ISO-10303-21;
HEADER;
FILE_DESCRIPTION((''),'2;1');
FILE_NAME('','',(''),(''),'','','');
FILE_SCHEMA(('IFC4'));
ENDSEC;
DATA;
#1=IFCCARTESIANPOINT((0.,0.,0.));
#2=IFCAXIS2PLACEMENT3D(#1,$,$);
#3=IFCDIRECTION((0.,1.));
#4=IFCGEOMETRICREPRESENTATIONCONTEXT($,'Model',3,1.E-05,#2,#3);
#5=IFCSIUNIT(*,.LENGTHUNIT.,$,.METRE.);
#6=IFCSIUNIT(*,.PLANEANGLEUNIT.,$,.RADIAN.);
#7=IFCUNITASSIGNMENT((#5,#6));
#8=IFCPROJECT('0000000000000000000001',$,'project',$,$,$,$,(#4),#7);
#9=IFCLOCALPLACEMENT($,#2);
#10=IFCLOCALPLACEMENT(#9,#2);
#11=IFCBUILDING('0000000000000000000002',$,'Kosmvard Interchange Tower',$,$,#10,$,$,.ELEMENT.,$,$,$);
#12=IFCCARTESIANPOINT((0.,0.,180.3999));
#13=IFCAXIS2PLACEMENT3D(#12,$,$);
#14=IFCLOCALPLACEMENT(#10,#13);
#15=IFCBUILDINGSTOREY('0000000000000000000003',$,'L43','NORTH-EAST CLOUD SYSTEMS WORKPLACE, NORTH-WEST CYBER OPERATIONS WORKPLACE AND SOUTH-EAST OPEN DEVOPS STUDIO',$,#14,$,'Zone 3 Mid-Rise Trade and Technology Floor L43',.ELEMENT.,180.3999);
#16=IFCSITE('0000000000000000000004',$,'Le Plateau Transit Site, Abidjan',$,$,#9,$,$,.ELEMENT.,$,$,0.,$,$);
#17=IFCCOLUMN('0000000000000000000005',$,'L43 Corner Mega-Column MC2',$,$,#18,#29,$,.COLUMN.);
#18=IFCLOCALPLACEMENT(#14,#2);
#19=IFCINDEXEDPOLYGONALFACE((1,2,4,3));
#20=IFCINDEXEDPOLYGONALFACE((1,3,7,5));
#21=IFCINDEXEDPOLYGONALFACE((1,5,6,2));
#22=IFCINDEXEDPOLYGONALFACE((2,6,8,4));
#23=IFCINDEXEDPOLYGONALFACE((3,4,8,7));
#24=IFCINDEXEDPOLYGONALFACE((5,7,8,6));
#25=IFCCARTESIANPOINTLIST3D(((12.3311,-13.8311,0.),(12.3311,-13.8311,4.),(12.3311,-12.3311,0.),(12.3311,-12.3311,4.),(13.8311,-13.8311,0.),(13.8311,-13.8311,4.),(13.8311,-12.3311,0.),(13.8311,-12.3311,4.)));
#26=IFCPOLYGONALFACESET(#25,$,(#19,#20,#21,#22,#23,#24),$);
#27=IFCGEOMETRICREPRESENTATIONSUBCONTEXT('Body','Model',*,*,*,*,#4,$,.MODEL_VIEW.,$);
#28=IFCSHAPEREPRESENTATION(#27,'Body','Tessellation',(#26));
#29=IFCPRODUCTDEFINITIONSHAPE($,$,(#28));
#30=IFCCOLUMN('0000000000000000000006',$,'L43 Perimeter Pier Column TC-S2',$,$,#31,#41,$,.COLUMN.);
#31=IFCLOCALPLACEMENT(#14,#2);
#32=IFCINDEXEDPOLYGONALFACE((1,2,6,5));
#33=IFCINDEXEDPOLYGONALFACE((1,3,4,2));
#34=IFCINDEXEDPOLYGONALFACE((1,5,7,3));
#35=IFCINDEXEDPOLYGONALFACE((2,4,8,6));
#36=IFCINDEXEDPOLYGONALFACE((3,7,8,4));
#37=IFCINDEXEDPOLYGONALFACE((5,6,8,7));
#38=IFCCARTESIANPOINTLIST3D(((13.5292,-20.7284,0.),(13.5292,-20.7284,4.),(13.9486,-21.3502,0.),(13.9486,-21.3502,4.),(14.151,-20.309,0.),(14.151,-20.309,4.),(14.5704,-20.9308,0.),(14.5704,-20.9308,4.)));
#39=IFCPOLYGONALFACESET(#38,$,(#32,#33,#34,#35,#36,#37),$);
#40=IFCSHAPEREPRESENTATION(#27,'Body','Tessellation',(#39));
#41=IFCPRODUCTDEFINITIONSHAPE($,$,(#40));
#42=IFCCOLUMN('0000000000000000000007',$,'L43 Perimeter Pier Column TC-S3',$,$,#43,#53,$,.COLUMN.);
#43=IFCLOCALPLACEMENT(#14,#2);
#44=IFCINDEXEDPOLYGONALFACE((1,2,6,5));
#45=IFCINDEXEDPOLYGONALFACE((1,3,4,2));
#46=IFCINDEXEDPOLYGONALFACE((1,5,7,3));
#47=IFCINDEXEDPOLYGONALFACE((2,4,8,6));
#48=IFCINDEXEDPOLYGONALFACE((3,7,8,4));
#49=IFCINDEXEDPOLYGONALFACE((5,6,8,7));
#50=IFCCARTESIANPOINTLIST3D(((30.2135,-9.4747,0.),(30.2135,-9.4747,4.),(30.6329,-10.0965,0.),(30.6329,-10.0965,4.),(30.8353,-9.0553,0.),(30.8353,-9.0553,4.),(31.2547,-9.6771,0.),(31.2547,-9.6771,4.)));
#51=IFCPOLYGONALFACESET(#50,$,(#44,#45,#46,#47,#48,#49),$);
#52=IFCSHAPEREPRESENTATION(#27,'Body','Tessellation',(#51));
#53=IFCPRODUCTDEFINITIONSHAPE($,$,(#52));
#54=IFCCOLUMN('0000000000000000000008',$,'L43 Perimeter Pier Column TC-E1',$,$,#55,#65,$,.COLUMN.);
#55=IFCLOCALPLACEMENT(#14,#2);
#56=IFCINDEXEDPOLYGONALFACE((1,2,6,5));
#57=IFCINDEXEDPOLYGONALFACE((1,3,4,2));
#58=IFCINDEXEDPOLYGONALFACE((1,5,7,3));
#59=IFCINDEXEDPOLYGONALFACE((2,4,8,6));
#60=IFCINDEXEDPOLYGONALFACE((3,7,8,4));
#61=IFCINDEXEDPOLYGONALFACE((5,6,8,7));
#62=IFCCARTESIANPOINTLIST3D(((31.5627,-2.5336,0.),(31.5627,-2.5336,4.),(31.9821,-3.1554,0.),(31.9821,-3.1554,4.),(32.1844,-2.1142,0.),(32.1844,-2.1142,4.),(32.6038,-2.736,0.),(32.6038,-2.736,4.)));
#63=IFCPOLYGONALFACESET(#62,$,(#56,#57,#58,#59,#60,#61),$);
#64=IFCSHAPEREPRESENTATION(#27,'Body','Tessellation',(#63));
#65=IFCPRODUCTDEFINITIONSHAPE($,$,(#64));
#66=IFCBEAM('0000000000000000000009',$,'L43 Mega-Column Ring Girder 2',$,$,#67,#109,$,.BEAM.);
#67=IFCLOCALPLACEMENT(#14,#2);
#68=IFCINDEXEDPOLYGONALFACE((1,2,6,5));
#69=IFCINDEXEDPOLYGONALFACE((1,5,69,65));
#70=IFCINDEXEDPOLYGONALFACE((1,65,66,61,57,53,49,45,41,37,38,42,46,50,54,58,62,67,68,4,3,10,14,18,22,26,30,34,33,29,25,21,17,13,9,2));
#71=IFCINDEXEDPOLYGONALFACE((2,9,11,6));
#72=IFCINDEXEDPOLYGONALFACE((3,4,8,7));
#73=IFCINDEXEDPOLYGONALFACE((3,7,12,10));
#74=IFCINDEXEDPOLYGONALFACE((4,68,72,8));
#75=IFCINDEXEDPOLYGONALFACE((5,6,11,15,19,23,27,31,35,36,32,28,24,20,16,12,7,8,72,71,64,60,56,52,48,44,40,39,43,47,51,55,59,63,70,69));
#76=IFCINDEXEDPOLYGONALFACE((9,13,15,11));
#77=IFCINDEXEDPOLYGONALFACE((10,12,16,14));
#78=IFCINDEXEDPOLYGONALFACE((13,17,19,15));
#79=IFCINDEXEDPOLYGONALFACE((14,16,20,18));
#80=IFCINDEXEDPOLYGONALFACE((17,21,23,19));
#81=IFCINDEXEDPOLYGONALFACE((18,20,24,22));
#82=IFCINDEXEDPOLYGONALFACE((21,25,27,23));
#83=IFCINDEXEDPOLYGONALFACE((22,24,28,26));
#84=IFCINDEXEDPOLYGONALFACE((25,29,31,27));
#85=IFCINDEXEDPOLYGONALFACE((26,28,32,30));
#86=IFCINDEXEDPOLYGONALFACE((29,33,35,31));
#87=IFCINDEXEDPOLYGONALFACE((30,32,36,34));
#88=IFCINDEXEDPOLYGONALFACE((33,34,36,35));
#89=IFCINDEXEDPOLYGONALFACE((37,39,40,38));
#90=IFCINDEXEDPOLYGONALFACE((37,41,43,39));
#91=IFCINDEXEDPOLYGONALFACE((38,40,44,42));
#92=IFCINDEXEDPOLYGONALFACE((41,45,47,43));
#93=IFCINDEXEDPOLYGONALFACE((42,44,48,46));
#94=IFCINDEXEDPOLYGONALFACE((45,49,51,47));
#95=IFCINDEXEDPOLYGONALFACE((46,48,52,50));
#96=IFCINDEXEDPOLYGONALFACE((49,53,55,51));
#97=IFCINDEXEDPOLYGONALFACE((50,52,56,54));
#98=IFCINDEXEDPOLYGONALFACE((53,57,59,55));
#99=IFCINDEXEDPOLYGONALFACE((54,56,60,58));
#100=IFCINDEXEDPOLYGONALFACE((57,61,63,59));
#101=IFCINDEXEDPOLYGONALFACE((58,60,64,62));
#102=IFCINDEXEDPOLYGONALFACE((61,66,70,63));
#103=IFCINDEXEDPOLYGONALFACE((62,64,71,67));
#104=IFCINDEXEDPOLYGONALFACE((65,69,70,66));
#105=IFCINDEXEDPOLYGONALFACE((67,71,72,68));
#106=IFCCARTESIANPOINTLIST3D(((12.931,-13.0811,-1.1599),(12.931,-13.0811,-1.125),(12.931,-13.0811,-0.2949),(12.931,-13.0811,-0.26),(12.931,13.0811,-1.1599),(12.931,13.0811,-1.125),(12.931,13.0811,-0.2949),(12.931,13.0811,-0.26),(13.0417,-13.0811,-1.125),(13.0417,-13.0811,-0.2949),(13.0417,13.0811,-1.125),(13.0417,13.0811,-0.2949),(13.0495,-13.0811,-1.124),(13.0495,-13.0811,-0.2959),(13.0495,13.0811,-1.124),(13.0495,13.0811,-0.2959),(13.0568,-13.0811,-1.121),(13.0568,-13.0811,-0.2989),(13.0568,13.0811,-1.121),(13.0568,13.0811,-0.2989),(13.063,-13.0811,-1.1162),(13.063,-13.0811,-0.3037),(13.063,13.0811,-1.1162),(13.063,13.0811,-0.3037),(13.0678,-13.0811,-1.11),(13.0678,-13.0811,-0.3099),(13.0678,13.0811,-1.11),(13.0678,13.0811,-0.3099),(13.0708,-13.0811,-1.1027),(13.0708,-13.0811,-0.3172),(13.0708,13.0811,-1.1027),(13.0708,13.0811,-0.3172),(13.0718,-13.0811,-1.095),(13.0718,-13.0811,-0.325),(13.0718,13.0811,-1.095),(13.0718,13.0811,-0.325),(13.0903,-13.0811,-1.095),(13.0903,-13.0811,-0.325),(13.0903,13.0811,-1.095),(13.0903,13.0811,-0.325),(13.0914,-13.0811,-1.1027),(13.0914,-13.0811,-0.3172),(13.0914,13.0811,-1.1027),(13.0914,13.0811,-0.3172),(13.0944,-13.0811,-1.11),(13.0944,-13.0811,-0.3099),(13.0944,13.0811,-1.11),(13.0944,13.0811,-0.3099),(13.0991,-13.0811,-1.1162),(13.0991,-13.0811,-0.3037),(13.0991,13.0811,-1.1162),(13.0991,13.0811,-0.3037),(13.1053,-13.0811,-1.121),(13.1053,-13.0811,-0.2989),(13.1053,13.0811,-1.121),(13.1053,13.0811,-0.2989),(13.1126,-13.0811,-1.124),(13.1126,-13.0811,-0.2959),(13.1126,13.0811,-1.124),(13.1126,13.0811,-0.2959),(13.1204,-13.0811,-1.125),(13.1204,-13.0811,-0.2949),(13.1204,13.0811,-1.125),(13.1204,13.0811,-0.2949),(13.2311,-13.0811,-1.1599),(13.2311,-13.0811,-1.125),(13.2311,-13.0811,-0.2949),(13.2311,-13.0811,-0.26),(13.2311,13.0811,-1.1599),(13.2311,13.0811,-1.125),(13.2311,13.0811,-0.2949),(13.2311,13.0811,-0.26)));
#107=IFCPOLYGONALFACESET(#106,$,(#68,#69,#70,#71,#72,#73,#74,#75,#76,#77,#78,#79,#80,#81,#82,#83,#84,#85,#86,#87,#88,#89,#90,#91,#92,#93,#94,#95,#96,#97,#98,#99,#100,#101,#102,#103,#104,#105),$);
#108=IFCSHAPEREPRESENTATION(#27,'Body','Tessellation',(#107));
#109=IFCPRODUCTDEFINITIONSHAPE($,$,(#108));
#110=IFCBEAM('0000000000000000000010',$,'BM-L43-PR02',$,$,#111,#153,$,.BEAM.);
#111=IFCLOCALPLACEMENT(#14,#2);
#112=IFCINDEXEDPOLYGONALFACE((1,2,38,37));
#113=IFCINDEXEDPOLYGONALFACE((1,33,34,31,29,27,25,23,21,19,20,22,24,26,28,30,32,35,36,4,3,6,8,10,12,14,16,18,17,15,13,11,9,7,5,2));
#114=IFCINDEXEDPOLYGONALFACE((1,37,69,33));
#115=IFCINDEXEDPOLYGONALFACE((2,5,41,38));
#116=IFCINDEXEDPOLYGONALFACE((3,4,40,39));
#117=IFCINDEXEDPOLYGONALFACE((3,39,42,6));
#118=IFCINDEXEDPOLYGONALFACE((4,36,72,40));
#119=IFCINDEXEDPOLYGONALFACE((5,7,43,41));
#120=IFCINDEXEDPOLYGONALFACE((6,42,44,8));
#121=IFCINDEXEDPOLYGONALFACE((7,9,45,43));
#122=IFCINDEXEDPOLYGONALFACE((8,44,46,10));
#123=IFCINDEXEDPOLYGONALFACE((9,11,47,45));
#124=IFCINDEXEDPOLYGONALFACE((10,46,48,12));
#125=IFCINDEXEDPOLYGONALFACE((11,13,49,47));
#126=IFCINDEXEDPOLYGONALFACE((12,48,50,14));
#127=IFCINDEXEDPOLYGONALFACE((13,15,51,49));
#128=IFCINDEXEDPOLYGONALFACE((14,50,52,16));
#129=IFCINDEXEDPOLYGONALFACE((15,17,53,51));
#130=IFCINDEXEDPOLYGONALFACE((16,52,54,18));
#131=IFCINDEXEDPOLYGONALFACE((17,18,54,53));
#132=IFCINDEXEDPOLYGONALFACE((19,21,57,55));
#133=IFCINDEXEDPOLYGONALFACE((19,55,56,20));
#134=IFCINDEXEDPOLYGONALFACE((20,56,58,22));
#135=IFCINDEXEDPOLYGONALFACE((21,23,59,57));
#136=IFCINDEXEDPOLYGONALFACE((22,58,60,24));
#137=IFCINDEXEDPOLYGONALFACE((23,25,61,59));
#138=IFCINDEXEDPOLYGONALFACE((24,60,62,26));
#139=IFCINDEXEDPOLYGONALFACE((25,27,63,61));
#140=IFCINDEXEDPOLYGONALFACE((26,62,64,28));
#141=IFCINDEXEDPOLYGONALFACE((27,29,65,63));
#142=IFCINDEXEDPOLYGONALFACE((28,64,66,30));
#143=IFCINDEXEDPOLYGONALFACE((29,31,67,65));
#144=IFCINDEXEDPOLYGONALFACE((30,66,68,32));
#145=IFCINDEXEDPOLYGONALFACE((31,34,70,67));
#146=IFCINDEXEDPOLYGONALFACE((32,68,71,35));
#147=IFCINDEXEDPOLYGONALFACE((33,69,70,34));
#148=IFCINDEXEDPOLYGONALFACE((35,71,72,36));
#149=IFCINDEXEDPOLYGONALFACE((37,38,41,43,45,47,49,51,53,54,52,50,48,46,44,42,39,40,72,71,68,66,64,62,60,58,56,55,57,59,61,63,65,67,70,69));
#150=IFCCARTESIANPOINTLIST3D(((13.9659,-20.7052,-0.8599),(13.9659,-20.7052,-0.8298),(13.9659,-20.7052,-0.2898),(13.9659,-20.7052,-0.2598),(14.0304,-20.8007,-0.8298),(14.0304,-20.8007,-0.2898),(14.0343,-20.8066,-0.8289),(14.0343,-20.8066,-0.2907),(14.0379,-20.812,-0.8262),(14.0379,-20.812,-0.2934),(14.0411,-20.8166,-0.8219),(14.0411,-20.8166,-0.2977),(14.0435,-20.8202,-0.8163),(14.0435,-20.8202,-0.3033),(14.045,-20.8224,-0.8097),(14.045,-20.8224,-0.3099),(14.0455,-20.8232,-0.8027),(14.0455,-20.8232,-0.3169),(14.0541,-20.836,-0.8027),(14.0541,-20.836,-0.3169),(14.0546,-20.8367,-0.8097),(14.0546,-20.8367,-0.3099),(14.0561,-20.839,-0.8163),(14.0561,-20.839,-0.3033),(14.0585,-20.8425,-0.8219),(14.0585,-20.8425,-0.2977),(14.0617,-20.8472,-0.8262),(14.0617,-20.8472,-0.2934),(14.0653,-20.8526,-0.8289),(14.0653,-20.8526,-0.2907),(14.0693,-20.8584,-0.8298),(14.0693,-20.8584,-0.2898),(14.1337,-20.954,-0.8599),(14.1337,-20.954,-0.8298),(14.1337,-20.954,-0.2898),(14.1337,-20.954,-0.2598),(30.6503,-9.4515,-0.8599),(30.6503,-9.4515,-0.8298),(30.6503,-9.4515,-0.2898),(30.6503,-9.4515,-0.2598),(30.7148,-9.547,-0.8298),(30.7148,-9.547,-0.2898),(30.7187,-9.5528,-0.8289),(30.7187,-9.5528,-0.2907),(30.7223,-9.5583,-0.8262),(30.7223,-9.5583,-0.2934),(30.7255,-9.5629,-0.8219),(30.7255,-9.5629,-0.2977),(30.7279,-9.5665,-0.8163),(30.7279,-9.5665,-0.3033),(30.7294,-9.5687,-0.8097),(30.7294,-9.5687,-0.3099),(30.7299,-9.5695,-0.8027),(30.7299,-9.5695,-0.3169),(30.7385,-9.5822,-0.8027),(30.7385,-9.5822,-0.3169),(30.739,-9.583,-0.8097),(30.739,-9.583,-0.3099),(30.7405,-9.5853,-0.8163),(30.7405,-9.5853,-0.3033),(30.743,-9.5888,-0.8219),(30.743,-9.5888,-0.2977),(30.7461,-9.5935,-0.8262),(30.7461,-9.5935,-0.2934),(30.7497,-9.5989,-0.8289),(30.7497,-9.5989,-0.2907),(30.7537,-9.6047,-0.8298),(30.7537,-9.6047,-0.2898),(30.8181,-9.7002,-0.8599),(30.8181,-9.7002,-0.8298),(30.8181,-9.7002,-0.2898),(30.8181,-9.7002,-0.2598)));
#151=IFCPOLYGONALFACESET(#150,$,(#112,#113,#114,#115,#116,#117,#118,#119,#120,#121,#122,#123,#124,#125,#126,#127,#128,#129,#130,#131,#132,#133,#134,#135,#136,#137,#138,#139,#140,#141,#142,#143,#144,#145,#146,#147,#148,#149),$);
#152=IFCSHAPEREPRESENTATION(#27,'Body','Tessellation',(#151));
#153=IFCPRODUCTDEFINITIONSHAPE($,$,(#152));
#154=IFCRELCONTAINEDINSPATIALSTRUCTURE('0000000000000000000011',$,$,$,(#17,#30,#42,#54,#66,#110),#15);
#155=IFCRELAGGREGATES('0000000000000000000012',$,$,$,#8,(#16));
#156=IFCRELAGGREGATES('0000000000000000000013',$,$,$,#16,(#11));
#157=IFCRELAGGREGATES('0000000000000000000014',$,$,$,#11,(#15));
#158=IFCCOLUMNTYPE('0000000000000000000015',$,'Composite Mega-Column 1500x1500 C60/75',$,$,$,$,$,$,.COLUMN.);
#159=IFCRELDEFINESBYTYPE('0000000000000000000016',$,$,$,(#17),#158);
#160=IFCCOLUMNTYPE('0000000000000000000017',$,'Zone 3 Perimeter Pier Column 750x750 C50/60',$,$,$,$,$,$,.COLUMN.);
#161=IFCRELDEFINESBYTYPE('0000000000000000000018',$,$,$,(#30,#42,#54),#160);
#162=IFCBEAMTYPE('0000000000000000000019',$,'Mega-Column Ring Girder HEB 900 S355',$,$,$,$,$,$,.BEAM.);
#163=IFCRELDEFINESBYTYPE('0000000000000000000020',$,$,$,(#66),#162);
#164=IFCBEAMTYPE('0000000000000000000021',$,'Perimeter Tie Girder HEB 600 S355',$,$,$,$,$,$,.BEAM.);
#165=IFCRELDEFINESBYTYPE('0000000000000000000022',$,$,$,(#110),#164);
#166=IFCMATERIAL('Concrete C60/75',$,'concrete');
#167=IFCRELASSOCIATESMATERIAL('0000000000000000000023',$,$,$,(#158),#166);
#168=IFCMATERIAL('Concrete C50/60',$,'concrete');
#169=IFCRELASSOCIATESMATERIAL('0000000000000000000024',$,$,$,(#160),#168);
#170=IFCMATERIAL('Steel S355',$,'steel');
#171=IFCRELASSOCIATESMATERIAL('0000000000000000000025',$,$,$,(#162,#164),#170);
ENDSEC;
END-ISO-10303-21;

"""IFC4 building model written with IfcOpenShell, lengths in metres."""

from ifc_helpers import new_model, si_unit, direction, frame, origin, origin_2d, place, context, subcontext, project, spatial, rectangle, i_section, extrude, source, transform, mapped, material, material_profile, profile_set, type_object, element, save


model = new_model("IFC4")

# Units and contexts
model_context = context("Model", 3, precision=1e-05, world=origin(), true_north=direction((0.0, 1.0)))
body_context = subcontext(model_context, "Body", "Model", "MODEL_VIEW")
ifc_project = project(units=[si_unit("LENGTHUNIT", "METRE"), si_unit("PLANEANGLEUNIT", "RADIAN")], contexts=[model_context])

# Site, building, storey
site_placement = place(None, origin())
site = spatial("IfcSite", under=ifc_project, at=site_placement, Name="Le Plateau Transit Site, Abidjan", CompositionType="ELEMENT", RefElevation=0.0)
building_placement = place(site_placement, origin())
building = spatial("IfcBuilding", under=site, at=building_placement, Name="Kosmvard Interchange Tower", CompositionType="ELEMENT")
storey_placement = place(building_placement, frame((0.0, 0.0, 180.3999)))
storey = spatial("IfcBuildingStorey", under=building, at=storey_placement, Name="L43", Description="NORTH-EAST CLOUD SYSTEMS WORKPLACE, NORTH-WEST CYBER OPERATIONS WORKPLACE AND SOUTH-EAST OPEN DEVOPS STUDIO", LongName="Zone 3 Mid-Rise Trade and Technology Floor L43", CompositionType="ELEMENT", Elevation=180.3999)

# Columns
ifc_material_1 = material(Name="Concrete C60/75", Category="concrete")
ifc_material_profile_1 = material_profile(ifc_material_1, rectangle(XDim=1.5, YDim=1.5, at=origin_2d()), Name="MC 1500x1500")
ifc_profile_set_1 = profile_set([ifc_material_profile_1], Name="Concrete C60/75")
column_type_1 = type_object("IfcColumnType", Name="Composite Mega-Column 1500x1500 C60/75", PredefinedType="COLUMN", material=ifc_profile_set_1)
shared_shape_1 = source(origin(), body_context, "Body", "SweptSolid", [
    extrude(rectangle(XDim=1.5, YDim=1.5, at=origin_2d()), origin(), (0.0, 0.0, 1.0), 4.0),
])
column_placement = place(storey_placement, frame((13.0811, -13.0811, 0.0), z_axis=(0.0, 0.0, 1.0), x_axis=(1.0, 0.0, 0.0)))
element("IfcColumn", 1, at=column_placement, inside=storey, type_object=column_type_1, Name="L43 Corner Mega-Column MC2", PredefinedType="COLUMN", context=body_context, shape_type="MappedRepresentation", body=[
    mapped(shared_shape_1, transform((0.0, 0.0, 0.0), scale=1.0)),
])
ifc_material_2 = material(Name="Concrete C50/60", Category="concrete")
ifc_material_profile_2 = material_profile(ifc_material_2, rectangle(XDim=0.75, YDim=0.75, at=origin_2d()), Name="TC 750x750")
ifc_profile_set_2 = profile_set([ifc_material_profile_2], Name="Concrete C50/60")
column_type_2 = type_object("IfcColumnType", Name="Zone 3 Perimeter Pier Column 750x750 C50/60", PredefinedType="COLUMN", material=ifc_profile_set_2)
shared_shape_2 = source(origin(), body_context, "Body", "SweptSolid", [
    extrude(rectangle(XDim=0.75, YDim=0.75, at=origin_2d()), origin(), (0.0, 0.0, 1.0), 4.0),
])
for number, where, z_axis, x_axis, name in (
    (2, (14.0498, -20.8296, 0.0), (0.0, 0.0, 1.0), (0.829038, 0.559193, 0.0), "L43 Perimeter Pier Column TC-S2"),
    (3, (30.7341, -9.5759, 0.0), (0.0, 0.0, 1.0), (0.829038, 0.559193, 0.0), "L43 Perimeter Pier Column TC-S3"),
    (4, (32.0833, -2.6348, 0.0), (0.0, 0.0, 1.0), (0.829038, 0.559193, 0.0), "L43 Perimeter Pier Column TC-E1"),
):
    element("IfcColumn", number, at=place(storey_placement, frame(where, z_axis=z_axis, x_axis=x_axis)), inside=storey, type_object=column_type_2, Name=name, PredefinedType="COLUMN", context=body_context, shape_type="MappedRepresentation", body=[
        mapped(shared_shape_2, transform((0.0, 0.0, 0.0), scale=1.0)),
    ])

# Beams
ifc_material_3 = material(Name="Steel S355", Category="steel")
ifc_material_profile_3 = material_profile(ifc_material_3, i_section(OverallWidth=0.3, OverallDepth=0.8999, WebThickness=0.0186, FlangeThickness=0.0349, FilletRadius=0.03, at=origin_2d()), Name="HEB 900")
ifc_profile_set_3 = profile_set([ifc_material_profile_3], Name="Steel S355")
beam_type_1 = type_object("IfcBeamType", Name="Mega-Column Ring Girder HEB 900 S355", PredefinedType="BEAM", material=ifc_profile_set_3)
shared_shape_3 = source(origin(), body_context, "Body", "SweptSolid", [
    extrude(i_section(OverallWidth=0.3, OverallDepth=0.8999, WebThickness=0.0186, FlangeThickness=0.0349, FilletRadius=0.03, at=origin_2d()), origin(), (0.0, 0.0, 1.0), 26.1621),
])
beam_1_placement = place(storey_placement, frame((13.0811, -13.0811, -0.71), z_axis=(0.0, 1.0, 0.0), x_axis=(-1.0, 0.0, 0.0)))
element("IfcBeam", 5, at=beam_1_placement, inside=storey, type_object=beam_type_1, Name="L43 Mega-Column Ring Girder 2", PredefinedType="BEAM", context=body_context, shape_type="MappedRepresentation", body=[
    mapped(shared_shape_3, transform((0.0, 0.0, 0.0), scale=1.0)),
])
ifc_material_profile_4 = material_profile(ifc_material_3, i_section(OverallWidth=0.3, OverallDepth=0.6001, WebThickness=0.0154, FlangeThickness=0.03, FilletRadius=0.0271, at=origin_2d()), Name="HEB 600")
ifc_profile_set_4 = profile_set([ifc_material_profile_4], Name="Steel S355")
beam_type_2 = type_object("IfcBeamType", Name="Perimeter Tie Girder HEB 600 S355", PredefinedType="BEAM", material=ifc_profile_set_4)
shared_shape_4 = source(origin(), body_context, "Body", "SweptSolid", [
    extrude(i_section(OverallWidth=0.3, OverallDepth=0.6001, WebThickness=0.0154, FlangeThickness=0.03, FilletRadius=0.0271, at=origin_2d()), origin(), (0.0, 0.0, 1.0), 20.125),
])
for number, where, z_axis, x_axis, name in (
    (6, (14.0498, -20.8296, -0.5598), (0.829039, 0.559191, 0.0), (-0.559191, 0.829039, 0.0), "BM-L43-PR02"),
):
    element("IfcBeam", number, at=place(storey_placement, frame(where, z_axis=z_axis, x_axis=x_axis)), inside=storey, type_object=beam_type_2, Name=name, PredefinedType="BEAM", context=body_context, shape_type="MappedRepresentation", body=[
        mapped(shared_shape_4, transform((0.0, 0.0, 0.0), scale=1.0)),
    ])

save(model, "model.ifc")
